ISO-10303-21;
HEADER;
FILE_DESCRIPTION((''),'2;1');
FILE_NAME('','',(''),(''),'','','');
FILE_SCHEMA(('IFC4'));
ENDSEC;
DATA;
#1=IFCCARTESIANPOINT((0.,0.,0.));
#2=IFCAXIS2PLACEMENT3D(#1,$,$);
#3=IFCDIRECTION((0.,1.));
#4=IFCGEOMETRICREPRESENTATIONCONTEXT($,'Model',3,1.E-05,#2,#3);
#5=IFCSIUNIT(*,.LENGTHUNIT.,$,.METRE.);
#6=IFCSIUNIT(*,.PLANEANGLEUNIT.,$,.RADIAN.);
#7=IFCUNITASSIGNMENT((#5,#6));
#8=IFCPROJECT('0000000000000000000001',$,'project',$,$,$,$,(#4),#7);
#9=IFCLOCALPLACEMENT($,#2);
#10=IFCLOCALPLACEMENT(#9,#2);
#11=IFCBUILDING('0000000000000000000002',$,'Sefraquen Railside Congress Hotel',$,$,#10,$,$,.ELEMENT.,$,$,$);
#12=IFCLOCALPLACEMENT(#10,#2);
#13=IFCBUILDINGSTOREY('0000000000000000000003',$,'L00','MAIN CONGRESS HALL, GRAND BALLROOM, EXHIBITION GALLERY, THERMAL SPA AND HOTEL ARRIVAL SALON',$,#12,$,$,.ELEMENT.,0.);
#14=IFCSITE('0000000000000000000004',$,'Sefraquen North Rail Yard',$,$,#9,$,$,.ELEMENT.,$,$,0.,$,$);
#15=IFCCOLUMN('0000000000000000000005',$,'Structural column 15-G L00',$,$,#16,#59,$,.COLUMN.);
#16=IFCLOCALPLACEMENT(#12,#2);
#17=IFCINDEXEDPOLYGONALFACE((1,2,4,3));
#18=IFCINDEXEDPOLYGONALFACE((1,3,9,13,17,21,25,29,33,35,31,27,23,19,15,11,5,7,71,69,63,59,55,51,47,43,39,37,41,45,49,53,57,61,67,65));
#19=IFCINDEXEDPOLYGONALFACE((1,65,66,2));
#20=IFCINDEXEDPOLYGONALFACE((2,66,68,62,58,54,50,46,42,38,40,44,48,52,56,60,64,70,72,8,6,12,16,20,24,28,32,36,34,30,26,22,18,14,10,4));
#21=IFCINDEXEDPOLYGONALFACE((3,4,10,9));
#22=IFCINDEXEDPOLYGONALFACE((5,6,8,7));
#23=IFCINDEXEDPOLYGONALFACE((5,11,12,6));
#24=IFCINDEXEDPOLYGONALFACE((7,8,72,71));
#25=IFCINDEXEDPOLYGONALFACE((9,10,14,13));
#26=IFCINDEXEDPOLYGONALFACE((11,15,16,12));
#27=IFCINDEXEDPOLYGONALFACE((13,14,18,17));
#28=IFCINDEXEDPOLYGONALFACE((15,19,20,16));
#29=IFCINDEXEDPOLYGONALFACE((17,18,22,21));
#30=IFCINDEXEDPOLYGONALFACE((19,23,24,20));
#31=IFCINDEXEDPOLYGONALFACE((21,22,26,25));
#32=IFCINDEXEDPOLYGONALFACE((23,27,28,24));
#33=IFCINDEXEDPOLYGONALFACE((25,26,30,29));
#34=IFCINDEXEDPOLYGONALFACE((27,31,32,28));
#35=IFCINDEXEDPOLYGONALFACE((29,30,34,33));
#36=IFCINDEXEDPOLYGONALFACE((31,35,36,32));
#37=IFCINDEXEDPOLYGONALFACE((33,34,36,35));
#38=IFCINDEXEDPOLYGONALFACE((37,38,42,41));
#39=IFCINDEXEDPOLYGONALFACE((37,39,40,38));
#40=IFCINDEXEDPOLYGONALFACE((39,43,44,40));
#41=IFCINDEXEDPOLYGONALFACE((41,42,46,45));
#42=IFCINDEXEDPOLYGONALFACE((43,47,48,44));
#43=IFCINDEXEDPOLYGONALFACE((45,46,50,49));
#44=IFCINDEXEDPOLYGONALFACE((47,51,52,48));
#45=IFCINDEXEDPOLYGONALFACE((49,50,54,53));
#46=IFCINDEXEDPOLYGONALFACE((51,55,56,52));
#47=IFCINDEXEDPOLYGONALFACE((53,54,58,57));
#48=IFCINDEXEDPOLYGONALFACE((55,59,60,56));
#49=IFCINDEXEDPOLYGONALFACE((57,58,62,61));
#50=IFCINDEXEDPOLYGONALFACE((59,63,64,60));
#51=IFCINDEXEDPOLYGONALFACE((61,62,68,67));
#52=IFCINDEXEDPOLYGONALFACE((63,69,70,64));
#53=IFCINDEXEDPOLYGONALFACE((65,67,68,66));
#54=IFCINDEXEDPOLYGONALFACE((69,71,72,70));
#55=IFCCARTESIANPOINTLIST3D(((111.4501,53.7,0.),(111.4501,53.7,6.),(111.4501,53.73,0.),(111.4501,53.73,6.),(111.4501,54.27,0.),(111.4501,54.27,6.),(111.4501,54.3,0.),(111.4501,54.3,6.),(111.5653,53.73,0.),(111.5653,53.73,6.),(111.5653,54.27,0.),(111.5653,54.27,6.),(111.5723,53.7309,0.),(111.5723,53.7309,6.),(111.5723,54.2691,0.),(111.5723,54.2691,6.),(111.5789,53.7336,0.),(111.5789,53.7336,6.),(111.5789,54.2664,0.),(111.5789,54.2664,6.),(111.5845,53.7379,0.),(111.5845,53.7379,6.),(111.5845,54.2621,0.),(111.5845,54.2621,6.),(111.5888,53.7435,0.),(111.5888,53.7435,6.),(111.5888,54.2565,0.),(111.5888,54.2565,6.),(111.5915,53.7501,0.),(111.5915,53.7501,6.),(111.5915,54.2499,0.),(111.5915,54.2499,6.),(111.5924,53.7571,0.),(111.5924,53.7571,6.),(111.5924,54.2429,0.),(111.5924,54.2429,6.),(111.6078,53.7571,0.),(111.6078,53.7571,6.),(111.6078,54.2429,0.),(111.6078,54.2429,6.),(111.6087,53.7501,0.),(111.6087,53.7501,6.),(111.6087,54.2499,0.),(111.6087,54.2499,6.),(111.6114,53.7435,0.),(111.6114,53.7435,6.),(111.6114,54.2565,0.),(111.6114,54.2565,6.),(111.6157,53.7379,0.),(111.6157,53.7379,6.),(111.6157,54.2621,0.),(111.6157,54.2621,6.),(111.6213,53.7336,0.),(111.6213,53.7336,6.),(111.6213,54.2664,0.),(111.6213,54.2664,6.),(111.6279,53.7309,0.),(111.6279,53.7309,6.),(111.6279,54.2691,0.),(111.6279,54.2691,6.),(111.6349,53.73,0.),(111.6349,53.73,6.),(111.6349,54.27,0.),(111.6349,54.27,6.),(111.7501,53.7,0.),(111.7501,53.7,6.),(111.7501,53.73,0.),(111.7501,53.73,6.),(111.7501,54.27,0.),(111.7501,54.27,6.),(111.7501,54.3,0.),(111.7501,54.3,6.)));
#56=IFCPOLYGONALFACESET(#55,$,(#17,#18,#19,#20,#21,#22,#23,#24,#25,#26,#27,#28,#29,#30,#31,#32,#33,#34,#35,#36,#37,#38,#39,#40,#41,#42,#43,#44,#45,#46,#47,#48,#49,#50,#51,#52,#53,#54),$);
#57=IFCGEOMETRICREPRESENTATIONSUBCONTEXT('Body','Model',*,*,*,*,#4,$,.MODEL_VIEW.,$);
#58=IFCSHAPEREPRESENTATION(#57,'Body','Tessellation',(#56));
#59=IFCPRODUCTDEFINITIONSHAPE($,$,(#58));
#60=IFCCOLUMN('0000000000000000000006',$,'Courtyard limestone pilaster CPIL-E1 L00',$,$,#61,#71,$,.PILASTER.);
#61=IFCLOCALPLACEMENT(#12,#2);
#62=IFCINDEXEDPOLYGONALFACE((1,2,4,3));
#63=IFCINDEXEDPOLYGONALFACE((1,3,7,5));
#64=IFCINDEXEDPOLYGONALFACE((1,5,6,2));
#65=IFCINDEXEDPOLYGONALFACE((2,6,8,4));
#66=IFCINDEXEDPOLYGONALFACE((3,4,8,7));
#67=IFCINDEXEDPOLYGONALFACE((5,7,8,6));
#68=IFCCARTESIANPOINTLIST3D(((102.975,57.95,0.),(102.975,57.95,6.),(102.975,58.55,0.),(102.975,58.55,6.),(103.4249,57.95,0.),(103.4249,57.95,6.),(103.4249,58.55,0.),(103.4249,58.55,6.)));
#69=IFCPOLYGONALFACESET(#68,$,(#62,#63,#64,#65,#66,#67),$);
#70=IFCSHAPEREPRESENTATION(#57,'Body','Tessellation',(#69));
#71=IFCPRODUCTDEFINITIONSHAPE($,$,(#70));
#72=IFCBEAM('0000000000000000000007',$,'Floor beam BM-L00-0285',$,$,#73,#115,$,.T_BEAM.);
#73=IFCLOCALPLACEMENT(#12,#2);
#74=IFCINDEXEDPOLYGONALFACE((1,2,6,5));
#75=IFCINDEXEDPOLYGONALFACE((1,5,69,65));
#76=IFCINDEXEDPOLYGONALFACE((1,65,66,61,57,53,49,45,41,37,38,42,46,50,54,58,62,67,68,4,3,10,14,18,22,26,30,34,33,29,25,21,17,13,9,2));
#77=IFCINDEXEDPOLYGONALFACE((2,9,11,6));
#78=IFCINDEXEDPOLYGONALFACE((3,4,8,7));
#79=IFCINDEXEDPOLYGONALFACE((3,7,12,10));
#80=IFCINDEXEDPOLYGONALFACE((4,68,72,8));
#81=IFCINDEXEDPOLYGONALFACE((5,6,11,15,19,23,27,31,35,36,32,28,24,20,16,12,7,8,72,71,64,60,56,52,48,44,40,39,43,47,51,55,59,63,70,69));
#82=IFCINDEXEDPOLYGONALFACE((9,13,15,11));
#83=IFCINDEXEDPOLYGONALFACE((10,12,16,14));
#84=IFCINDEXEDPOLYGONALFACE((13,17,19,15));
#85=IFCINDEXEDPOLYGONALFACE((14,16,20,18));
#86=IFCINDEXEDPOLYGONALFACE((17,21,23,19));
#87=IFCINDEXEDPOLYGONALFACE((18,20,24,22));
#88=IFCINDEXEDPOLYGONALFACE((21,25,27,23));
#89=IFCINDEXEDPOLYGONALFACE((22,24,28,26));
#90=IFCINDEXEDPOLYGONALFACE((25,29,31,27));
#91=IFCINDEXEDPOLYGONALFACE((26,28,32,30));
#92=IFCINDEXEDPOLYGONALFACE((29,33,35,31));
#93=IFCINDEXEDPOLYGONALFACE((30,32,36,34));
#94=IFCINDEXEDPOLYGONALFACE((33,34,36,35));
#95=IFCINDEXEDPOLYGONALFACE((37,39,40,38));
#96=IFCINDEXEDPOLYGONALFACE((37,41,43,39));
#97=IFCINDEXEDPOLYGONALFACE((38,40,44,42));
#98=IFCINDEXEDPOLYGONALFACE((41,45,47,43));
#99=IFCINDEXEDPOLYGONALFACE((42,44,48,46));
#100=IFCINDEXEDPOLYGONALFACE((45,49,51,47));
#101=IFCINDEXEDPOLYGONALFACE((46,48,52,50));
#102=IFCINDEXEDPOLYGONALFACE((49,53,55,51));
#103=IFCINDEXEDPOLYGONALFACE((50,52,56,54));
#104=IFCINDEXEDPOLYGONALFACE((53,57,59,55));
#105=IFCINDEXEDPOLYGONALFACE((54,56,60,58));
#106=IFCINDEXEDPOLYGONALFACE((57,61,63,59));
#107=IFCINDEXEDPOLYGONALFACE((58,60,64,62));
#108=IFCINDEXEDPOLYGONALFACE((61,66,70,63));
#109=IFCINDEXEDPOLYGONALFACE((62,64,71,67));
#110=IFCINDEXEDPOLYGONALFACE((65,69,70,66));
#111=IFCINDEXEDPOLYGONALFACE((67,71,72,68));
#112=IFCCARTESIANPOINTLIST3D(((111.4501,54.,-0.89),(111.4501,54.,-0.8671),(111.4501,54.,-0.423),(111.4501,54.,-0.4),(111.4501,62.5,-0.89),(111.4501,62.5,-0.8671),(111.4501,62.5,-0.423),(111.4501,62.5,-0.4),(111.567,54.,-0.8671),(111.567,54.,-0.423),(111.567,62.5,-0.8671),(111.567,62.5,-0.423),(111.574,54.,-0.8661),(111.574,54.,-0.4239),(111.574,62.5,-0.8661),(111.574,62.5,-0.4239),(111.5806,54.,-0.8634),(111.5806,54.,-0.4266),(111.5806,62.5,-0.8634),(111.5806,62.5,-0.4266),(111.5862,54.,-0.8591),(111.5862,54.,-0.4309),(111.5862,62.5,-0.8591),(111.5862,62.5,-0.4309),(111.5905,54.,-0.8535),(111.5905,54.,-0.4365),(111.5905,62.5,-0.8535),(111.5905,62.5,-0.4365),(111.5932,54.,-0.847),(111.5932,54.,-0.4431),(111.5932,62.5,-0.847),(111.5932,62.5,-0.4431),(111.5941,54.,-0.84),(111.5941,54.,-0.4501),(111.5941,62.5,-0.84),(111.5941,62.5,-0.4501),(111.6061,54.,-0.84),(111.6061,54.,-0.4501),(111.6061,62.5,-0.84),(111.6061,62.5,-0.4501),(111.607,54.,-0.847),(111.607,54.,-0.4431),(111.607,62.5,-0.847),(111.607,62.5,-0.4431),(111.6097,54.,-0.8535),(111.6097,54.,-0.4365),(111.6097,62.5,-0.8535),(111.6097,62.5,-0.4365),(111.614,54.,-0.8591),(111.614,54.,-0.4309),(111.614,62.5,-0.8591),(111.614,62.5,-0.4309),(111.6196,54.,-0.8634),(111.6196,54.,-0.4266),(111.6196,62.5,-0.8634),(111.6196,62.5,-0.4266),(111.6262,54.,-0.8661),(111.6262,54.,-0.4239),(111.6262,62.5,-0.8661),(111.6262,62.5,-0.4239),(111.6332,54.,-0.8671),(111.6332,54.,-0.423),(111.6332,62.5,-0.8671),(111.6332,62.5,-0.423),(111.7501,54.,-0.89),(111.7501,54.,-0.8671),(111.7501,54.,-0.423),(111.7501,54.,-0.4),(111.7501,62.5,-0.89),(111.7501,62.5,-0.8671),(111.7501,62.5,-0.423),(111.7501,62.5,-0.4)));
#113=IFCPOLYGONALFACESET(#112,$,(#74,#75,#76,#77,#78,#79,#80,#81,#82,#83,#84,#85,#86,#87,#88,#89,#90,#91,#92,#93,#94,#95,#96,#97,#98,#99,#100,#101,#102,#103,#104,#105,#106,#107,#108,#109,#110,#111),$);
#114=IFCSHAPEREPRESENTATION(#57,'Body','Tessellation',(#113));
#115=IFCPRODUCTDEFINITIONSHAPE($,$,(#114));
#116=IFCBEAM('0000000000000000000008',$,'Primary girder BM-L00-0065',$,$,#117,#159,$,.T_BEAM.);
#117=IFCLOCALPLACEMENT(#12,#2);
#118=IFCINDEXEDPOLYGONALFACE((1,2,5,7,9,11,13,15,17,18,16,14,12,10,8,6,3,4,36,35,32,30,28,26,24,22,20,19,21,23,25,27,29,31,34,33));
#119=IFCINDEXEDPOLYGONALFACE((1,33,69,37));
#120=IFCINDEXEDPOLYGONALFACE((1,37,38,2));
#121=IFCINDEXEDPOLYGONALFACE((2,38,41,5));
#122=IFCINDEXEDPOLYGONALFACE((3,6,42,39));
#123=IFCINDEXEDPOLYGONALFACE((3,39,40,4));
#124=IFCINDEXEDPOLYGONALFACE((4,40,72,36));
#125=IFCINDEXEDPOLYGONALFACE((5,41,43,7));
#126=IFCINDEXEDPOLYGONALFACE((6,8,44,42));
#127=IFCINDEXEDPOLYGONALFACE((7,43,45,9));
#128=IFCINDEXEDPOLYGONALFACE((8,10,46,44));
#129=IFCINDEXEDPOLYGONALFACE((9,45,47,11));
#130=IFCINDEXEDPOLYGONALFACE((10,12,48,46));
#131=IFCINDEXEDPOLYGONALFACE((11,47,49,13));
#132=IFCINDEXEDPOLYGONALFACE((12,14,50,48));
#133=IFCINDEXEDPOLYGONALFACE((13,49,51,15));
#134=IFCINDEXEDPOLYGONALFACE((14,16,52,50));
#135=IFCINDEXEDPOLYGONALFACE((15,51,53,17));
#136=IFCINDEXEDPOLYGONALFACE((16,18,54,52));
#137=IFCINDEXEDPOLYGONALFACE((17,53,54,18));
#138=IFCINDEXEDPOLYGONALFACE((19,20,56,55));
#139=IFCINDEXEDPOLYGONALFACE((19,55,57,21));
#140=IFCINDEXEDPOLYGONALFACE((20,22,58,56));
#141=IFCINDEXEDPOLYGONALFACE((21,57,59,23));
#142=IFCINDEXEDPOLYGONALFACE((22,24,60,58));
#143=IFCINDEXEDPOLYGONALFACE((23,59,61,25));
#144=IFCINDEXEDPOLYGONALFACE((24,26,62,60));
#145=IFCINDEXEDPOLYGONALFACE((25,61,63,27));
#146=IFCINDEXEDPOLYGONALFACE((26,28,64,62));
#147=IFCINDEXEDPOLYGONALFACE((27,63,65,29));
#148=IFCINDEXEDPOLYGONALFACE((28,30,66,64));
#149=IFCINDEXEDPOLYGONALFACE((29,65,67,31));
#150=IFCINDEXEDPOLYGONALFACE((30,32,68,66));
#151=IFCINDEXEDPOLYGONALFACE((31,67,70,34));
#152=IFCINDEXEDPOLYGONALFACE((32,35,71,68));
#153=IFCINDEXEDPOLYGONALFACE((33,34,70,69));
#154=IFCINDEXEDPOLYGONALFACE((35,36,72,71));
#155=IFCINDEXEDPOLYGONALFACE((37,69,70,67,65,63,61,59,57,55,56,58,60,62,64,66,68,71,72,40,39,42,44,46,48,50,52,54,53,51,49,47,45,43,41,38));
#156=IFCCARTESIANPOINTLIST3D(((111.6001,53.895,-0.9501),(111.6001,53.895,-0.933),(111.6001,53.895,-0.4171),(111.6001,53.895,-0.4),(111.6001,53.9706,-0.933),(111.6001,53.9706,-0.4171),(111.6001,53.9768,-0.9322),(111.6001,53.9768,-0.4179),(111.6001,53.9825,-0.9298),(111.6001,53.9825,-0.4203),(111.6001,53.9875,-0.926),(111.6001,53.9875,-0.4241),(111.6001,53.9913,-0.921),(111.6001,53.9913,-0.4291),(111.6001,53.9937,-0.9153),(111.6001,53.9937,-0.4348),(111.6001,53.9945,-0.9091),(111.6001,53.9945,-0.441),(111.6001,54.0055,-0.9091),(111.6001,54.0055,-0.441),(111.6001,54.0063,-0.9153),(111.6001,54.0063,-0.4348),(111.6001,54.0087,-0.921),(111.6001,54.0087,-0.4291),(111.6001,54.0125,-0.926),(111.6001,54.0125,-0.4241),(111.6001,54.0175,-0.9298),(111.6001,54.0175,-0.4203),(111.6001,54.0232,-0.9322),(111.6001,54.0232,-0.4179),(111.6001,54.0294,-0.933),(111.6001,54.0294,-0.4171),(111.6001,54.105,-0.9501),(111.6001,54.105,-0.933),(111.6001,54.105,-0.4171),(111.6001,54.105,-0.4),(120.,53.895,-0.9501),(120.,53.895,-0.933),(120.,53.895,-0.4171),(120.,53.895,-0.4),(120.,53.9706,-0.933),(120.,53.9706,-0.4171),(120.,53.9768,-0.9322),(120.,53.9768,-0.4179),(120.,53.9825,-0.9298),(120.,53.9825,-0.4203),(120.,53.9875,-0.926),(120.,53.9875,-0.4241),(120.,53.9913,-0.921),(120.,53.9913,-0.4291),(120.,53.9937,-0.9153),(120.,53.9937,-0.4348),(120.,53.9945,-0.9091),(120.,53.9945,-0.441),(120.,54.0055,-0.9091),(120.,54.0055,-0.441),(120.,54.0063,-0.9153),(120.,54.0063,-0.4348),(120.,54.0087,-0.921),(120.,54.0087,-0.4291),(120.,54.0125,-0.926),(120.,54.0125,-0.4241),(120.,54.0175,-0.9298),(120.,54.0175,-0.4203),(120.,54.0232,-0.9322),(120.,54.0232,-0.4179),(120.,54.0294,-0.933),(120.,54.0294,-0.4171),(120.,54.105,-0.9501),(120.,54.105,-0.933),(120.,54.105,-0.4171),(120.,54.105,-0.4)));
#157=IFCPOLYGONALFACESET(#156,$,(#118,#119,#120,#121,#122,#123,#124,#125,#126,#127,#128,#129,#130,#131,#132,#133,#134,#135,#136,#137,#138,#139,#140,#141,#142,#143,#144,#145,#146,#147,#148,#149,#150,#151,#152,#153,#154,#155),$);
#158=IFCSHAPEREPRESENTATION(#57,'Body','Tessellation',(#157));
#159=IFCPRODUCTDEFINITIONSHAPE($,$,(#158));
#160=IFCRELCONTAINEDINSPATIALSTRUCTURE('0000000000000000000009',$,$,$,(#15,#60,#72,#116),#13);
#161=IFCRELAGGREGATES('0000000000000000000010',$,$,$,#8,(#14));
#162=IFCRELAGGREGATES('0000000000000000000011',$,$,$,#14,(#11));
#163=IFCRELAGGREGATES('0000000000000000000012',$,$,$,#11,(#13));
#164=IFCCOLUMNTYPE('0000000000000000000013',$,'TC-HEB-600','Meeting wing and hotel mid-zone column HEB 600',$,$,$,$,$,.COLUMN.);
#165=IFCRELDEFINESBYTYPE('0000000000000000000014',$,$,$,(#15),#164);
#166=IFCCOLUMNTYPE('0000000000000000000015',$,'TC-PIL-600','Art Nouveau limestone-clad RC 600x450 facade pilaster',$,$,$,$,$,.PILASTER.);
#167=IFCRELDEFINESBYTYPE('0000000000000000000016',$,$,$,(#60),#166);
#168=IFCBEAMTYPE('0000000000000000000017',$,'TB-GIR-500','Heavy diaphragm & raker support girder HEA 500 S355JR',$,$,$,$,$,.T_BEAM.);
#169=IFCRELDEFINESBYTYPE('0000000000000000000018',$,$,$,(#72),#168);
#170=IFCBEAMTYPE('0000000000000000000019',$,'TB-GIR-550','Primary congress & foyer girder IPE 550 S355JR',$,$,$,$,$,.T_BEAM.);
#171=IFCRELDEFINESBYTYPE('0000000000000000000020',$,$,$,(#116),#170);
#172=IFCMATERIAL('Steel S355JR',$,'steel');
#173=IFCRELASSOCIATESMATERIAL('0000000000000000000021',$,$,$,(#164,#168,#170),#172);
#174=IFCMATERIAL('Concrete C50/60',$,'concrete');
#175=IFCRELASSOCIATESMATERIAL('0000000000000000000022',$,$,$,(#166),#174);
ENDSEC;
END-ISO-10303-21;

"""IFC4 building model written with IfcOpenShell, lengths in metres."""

from ifc_helpers import new_model, si_unit, direction, frame, origin, origin_2d, place, context, subcontext, project, spatial, rectangle, i_section, extrude, material, material_profile, profile_set, type_object, element, save


model = new_model("IFC4")

# Units and contexts
model_context = context("Model", 3, precision=1e-05, world=origin(), true_north=direction((0.0, 1.0)))
body_context = subcontext(model_context, "Body", "Model", "MODEL_VIEW")
ifc_project = project(units=[si_unit("LENGTHUNIT", "METRE"), si_unit("PLANEANGLEUNIT", "RADIAN")], contexts=[model_context])

# Site, building, storey
site_placement = place(None, origin())
site = spatial("IfcSite", under=ifc_project, at=site_placement, Name="Sefraquen North Rail Yard", CompositionType="ELEMENT", RefElevation=0.0)
building_placement = place(site_placement, origin())
building = spatial("IfcBuilding", under=site, at=building_placement, Name="Sefraquen Railside Congress Hotel", CompositionType="ELEMENT")
storey_placement = place(building_placement, origin())
storey = spatial("IfcBuildingStorey", under=building, at=storey_placement, Name="L00", Description="MAIN CONGRESS HALL, GRAND BALLROOM, EXHIBITION GALLERY, THERMAL SPA AND HOTEL ARRIVAL SALON", CompositionType="ELEMENT", Elevation=0.0)

# Columns
ifc_material_1 = material(Name="Steel S355JR", Category="steel")
ifc_material_profile_1 = material_profile(ifc_material_1, i_section(OverallWidth=0.3, OverallDepth=0.6001, WebThickness=0.0154, FlangeThickness=0.03, FilletRadius=0.0271, at=origin_2d()), Name="HEB 600")
ifc_profile_set_1 = profile_set([ifc_material_profile_1], Name="Steel S355JR")
column_type_1 = type_object("IfcColumnType", Name="TC-HEB-600", Description="Meeting wing and hotel mid-zone column HEB 600", PredefinedType="COLUMN", material=ifc_profile_set_1)
column_1_placement = place(storey_placement, frame((111.6001, 54.0, 0.0), z_axis=(0.0, 0.0, 1.0), x_axis=(1.0, 0.0, 0.0)))
element("IfcColumn", 1, at=column_1_placement, inside=storey, type_object=column_type_1, Name="Structural column 15-G L00", PredefinedType="COLUMN", context=body_context, shape_type="SweptSolid", body=[
    extrude(i_section(OverallWidth=0.3, OverallDepth=0.6001, WebThickness=0.0154, FlangeThickness=0.03, FilletRadius=0.0271, at=origin_2d()), origin(), (0.0, 0.0, 1.0), 6.0),
])
ifc_material_2 = material(Name="Concrete C50/60", Category="concrete")
ifc_material_profile_2 = material_profile(ifc_material_2, rectangle(XDim=0.45, YDim=0.6001, at=origin_2d()), Name="RC 600x450")
ifc_profile_set_2 = profile_set([ifc_material_profile_2], Name="Concrete C50/60")
column_type_2 = type_object("IfcColumnType", Name="TC-PIL-600", Description="Art Nouveau limestone-clad RC 600x450 facade pilaster", PredefinedType="PILASTER", material=ifc_profile_set_2)
column_2_placement = place(storey_placement, frame((103.2, 58.25, 0.0), z_axis=(0.0, 0.0, 1.0), x_axis=(1.0, 0.0, 0.0)))
element("IfcColumn", 2, at=column_2_placement, inside=storey, type_object=column_type_2, Name="Courtyard limestone pilaster CPIL-E1 L00", PredefinedType="PILASTER", context=body_context, shape_type="SweptSolid", body=[
    extrude(rectangle(XDim=0.45, YDim=0.6001, at=origin_2d()), origin(), (0.0, 0.0, 1.0), 6.0),
])

# Beams
ifc_material_profile_3 = material_profile(ifc_material_1, i_section(OverallWidth=0.3, OverallDepth=0.49, WebThickness=0.012, FlangeThickness=0.0229, FilletRadius=0.0271, at=origin_2d()), Name="HEA 500")
ifc_profile_set_3 = profile_set([ifc_material_profile_3], Name="Steel S355JR")
beam_type_1 = type_object("IfcBeamType", Name="TB-GIR-500", Description="Heavy diaphragm & raker support girder HEA 500 S355JR", PredefinedType="T_BEAM", material=ifc_profile_set_3)
beam_1_placement = place(storey_placement, frame((111.6001, 54.0, -0.645), z_axis=(0.0, 1.0, 0.0), x_axis=(-1.0, 0.0, 0.0)))
element("IfcBeam", 3, at=beam_1_placement, inside=storey, type_object=beam_type_1, Name="Floor beam BM-L00-0285", PredefinedType="T_BEAM", context=body_context, shape_type="SweptSolid", body=[
    extrude(i_section(OverallWidth=0.3, OverallDepth=0.49, WebThickness=0.012, FlangeThickness=0.0229, FilletRadius=0.0271, at=origin_2d()), origin(), (0.0, 0.0, 1.0), 8.5),
])
ifc_material_profile_4 = material_profile(ifc_material_1, i_section(OverallWidth=0.21, OverallDepth=0.55, WebThickness=0.011, FlangeThickness=0.0171, FilletRadius=0.0239, at=origin_2d()), Name="IPE 550")
ifc_profile_set_4 = profile_set([ifc_material_profile_4], Name="Steel S355JR")
beam_type_2 = type_object("IfcBeamType", Name="TB-GIR-550", Description="Primary congress & foyer girder IPE 550 S355JR", PredefinedType="T_BEAM", material=ifc_profile_set_4)
beam_2_placement = place(storey_placement, frame((111.6001, 54.0, -0.675), z_axis=(1.0, 0.0, 0.0), x_axis=(0.0, 1.0, 0.0)))
element("IfcBeam", 4, at=beam_2_placement, inside=storey, type_object=beam_type_2, Name="Primary girder BM-L00-0065", PredefinedType="T_BEAM", context=body_context, shape_type="SweptSolid", body=[
    extrude(i_section(OverallWidth=0.21, OverallDepth=0.55, WebThickness=0.011, FlangeThickness=0.0171, FilletRadius=0.0239, at=origin_2d()), origin(), (0.0, 0.0, 1.0), 8.3999),
])

save(model, "model.ifc")
